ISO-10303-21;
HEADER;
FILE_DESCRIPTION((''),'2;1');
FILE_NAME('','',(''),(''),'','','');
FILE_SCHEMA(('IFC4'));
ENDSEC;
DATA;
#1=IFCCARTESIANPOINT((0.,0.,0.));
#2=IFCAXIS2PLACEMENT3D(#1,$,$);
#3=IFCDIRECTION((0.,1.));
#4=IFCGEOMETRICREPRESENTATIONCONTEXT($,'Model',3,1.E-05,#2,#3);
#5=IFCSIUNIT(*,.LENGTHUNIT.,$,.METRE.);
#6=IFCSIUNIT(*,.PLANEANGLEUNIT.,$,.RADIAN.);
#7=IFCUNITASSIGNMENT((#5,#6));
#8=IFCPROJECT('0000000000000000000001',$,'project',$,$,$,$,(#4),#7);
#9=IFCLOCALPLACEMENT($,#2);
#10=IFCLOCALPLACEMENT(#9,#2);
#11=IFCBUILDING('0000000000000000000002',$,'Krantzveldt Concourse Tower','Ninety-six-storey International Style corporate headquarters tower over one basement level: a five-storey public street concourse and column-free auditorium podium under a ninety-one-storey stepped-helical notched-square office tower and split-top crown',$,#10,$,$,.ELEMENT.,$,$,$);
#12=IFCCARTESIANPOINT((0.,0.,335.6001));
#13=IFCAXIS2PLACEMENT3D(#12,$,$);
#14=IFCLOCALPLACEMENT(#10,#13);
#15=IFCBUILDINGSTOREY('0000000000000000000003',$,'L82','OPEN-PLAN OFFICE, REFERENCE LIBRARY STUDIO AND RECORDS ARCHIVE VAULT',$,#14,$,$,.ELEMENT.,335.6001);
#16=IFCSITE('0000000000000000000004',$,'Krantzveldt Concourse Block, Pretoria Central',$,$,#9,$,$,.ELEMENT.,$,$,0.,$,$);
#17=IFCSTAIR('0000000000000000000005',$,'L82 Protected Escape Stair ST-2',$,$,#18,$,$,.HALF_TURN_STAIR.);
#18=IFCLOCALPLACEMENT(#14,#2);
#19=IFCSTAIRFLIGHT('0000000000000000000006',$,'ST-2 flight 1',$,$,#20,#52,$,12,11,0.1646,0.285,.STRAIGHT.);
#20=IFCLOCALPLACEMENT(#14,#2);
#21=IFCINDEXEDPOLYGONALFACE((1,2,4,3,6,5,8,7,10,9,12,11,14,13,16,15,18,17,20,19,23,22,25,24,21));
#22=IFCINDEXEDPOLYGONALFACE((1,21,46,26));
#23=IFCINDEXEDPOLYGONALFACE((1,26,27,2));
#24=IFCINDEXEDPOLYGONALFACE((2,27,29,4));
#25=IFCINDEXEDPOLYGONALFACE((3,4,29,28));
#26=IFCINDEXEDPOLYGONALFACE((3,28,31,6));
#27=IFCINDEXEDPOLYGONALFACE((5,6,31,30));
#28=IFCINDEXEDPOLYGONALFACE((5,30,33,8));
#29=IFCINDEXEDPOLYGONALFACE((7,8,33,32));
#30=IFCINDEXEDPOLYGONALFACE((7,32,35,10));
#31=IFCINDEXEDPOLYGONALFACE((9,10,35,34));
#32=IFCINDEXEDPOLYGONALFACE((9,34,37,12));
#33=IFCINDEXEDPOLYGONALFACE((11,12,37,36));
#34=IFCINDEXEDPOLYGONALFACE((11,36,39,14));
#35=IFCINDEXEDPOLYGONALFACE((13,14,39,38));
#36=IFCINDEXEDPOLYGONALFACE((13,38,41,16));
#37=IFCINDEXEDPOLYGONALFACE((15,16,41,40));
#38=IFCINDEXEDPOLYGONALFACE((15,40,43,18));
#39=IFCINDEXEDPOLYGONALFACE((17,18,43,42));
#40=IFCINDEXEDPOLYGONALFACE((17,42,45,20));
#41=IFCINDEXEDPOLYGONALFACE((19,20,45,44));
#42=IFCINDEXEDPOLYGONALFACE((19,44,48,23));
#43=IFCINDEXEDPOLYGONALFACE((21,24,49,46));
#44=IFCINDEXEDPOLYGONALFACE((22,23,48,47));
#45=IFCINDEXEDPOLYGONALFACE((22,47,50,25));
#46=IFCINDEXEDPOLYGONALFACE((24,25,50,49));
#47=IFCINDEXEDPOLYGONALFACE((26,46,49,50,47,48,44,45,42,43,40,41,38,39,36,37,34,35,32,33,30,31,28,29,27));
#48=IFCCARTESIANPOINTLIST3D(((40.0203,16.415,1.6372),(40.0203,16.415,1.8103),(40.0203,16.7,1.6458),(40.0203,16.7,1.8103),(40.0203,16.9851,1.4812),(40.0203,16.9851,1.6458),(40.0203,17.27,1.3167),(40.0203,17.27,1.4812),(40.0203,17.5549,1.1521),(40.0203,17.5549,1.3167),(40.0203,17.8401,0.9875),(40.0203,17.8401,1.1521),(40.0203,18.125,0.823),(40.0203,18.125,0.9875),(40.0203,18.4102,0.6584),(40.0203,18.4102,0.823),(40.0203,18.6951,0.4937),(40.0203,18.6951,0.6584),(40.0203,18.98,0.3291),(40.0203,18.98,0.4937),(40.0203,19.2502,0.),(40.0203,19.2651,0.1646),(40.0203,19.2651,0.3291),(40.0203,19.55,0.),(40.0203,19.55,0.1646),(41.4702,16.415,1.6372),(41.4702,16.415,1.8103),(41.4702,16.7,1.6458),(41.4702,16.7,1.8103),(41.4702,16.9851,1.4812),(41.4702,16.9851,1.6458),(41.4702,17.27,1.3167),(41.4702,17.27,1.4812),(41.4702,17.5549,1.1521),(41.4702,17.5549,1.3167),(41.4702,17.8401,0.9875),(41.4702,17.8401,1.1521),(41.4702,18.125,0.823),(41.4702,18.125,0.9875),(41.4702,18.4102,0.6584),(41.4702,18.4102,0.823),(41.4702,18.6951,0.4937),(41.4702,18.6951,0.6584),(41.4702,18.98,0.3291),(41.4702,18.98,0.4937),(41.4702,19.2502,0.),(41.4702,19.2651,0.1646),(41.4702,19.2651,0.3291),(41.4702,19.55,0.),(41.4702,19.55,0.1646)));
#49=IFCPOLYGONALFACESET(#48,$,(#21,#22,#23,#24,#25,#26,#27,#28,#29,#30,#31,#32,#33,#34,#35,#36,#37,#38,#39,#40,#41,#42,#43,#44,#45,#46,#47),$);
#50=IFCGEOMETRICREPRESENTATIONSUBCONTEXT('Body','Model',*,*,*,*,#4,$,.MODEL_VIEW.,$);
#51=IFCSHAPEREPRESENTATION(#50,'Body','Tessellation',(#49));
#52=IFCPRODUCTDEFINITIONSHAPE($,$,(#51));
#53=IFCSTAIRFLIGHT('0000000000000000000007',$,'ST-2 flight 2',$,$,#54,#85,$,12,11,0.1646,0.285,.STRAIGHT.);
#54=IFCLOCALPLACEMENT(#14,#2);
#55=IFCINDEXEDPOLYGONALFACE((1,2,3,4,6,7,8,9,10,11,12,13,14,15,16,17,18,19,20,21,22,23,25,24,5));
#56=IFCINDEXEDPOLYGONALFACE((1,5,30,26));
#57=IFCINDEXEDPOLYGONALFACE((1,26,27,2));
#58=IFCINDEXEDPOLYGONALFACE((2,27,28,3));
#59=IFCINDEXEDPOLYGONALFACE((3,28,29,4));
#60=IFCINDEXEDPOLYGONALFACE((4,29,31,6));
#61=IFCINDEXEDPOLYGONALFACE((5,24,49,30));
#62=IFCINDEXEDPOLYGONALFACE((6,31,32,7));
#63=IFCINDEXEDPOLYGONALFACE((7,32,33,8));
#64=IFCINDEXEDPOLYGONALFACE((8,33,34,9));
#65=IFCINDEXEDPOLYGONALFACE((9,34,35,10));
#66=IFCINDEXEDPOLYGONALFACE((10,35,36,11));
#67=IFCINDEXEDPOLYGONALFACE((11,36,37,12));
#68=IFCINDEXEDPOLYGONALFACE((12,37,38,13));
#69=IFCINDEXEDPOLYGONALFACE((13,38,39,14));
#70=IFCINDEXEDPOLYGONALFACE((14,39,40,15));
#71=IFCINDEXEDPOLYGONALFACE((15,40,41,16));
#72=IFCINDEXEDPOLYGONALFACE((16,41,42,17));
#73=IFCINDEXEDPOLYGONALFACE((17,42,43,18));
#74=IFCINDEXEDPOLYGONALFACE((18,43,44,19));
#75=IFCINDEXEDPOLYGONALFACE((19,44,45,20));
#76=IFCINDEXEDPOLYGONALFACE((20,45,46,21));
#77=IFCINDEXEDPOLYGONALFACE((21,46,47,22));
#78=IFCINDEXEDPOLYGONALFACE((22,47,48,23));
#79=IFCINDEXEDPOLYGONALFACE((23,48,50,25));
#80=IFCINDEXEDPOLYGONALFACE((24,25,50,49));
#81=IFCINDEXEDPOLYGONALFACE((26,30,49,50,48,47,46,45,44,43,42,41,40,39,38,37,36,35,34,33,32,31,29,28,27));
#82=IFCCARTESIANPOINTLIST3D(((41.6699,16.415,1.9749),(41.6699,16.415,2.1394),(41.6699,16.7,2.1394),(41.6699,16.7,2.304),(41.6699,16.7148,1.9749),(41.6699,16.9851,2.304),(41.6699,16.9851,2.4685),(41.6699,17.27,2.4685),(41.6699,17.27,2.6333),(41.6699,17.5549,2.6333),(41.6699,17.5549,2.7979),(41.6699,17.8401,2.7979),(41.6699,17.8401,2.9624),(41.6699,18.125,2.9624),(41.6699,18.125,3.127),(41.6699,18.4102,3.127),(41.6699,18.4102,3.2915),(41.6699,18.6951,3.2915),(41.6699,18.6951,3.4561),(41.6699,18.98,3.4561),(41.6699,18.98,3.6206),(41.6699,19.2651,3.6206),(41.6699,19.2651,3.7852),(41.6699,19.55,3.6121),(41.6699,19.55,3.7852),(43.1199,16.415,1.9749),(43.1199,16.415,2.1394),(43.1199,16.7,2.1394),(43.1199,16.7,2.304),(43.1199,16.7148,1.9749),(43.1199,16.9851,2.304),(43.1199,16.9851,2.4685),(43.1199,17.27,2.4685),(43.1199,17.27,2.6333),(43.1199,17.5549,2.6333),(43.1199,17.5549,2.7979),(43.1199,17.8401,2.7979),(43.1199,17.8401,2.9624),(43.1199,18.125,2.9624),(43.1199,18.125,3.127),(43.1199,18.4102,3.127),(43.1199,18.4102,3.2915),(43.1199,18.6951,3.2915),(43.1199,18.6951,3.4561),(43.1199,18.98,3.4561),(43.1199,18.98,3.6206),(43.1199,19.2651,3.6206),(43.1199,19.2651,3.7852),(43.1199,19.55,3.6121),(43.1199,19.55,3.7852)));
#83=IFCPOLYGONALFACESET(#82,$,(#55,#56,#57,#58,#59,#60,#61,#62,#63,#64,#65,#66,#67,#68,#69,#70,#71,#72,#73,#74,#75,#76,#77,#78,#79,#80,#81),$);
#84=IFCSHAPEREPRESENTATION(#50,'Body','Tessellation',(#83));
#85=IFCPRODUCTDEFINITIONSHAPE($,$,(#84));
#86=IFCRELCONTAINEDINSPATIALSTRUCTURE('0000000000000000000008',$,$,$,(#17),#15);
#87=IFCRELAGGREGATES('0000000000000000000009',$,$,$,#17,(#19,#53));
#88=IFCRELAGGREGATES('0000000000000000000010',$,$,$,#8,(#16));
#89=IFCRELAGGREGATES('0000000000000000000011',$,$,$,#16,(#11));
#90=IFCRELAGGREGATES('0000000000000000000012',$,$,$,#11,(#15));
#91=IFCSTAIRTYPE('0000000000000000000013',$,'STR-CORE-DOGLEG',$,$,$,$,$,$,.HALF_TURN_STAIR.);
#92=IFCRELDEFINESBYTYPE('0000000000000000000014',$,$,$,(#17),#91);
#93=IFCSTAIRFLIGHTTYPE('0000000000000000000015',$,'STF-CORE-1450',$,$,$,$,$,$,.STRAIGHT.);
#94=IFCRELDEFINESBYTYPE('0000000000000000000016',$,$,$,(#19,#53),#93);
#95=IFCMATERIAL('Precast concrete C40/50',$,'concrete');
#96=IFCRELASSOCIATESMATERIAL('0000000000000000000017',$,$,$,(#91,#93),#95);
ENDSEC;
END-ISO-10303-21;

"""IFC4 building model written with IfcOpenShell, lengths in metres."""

from ifc_helpers import new_model, si_unit, direction, frame, origin, place, context, subcontext, project, spatial, polyline, outline, extrude, material, type_object, element, aggregate, save


model = new_model("IFC4")

# Units and contexts
model_context = context("Model", 3, precision=1e-05, world=origin(), true_north=direction((0.0, 1.0)))
body_context = subcontext(model_context, "Body", "Model", "MODEL_VIEW")
ifc_project = project(units=[si_unit("LENGTHUNIT", "METRE"), si_unit("PLANEANGLEUNIT", "RADIAN")], contexts=[model_context])

# Site, building, storey
site_placement = place(None, origin())
site = spatial("IfcSite", under=ifc_project, at=site_placement, Name="Krantzveldt Concourse Block, Pretoria Central", CompositionType="ELEMENT", RefElevation=0.0)
building_placement = place(site_placement, origin())
building = spatial("IfcBuilding", under=site, at=building_placement, Name="Krantzveldt Concourse Tower", Description="Ninety-six-storey International Style corporate headquarters tower over one basement level: a five-storey public street concourse and column-free auditorium podium under a ninety-one-storey stepped-helical notched-square office tower and split-top crown", CompositionType="ELEMENT")
storey_placement = place(building_placement, frame((0.0, 0.0, 335.6001)))
storey = spatial("IfcBuildingStorey", under=building, at=storey_placement, Name="L82", Description="OPEN-PLAN OFFICE, REFERENCE LIBRARY STUDIO AND RECORDS ARCHIVE VAULT", CompositionType="ELEMENT", Elevation=335.6001)

# Stair, stair flights
ifc_material_1 = material(Name="Precast concrete C40/50", Category="concrete")
stair_type = type_object("IfcStairType", Name="STR-CORE-DOGLEG", PredefinedType="HALF_TURN_STAIR", material=ifc_material_1)
stair_placement = place(storey_placement, origin())
stair = element("IfcStair", 1, at=stair_placement, inside=storey, type_object=stair_type, Name="L82 Protected Escape Stair ST-2", PredefinedType="HALF_TURN_STAIR")
stair_flight_type = type_object("IfcStairFlightType", Name="STF-CORE-1450", PredefinedType="STRAIGHT", material=ifc_material_1)
stair_flight_1_placement = place(storey_placement, frame((40.7451, 19.55, 0.0), z_axis=(0.0, 0.0, 1.0), x_axis=(0.0, -1.0, 0.0)))
stair_flight_1 = element("IfcStairFlight", 2, at=stair_flight_1_placement, type_object=stair_flight_type, Name="ST-2 flight 1", NumberOfRisers=12, NumberOfTreads=11, PredefinedType="STRAIGHT", RiserHeight=0.1646, TreadLength=0.285, context=body_context, shape_type="SweptSolid", body=[
    extrude(outline(polyline([(0.0, 0.0), (0.0, 0.1646), (0.2849, 0.1646), (0.2849, 0.3291), (0.5701, 0.3291), (0.5701, 0.4937), (0.855, 0.4937), (0.855, 0.6584), (1.1399, 0.6584), (1.1399, 0.823), (1.425, 0.823), (1.425, 0.9875), (1.71, 0.9875), (1.71, 1.1521), (1.9951, 1.1521), (1.9951, 1.3167), (2.28, 1.3167), (2.28, 1.4812), (2.5649, 1.4812), (2.5649, 1.6458), (2.8501, 1.6458), (2.8501, 1.8103), (3.135, 1.8103), (3.135, 1.9751), (3.135, 1.6372), (0.2998, 0.0), (0.0, 0.0)])), frame((0.0, 0.7251, 0.0), z_axis=(0.0, -1.0, 0.0), x_axis=(1.0, 0.0, 0.0)), (0.0, 0.0, 1.0), 1.45),
])
stair_flight_2_placement = place(storey_placement, frame((42.395, 16.415, 1.9749), z_axis=(0.0, 0.0, 1.0), x_axis=(0.0, 1.0, 0.0)))
stair_flight_2 = element("IfcStairFlight", 3, at=stair_flight_2_placement, type_object=stair_flight_type, Name="ST-2 flight 2", NumberOfRisers=12, NumberOfTreads=11, PredefinedType="STRAIGHT", RiserHeight=0.1646, TreadLength=0.285, context=body_context, shape_type="SweptSolid", body=[
    extrude(outline(polyline([(0.0, 0.0), (0.0, 0.1646), (0.2849, 0.1646), (0.2849, 0.3291), (0.5701, 0.3291), (0.5701, 0.4937), (0.855, 0.4937), (0.855, 0.6584), (1.1399, 0.6584), (1.1399, 0.823), (1.425, 0.823), (1.425, 0.9875), (1.71, 0.9875), (1.71, 1.1521), (1.9951, 1.1521), (1.9951, 1.3167), (2.28, 1.3167), (2.28, 1.4812), (2.5649, 1.4812), (2.5649, 1.6458), (2.8501, 1.6458), (2.8501, 1.8103), (3.135, 1.8103), (3.135, 1.9751), (3.135, 1.6372), (0.2998, 0.0), (0.0, 0.0)])), frame((0.0, 0.7251, 0.0), z_axis=(0.0, -1.0, 0.0), x_axis=(1.0, 0.0, 0.0)), (0.0, 0.0, 1.0), 1.45),
])
aggregate(stair, [stair_flight_1, stair_flight_2])

save(model, "model.ifc")
